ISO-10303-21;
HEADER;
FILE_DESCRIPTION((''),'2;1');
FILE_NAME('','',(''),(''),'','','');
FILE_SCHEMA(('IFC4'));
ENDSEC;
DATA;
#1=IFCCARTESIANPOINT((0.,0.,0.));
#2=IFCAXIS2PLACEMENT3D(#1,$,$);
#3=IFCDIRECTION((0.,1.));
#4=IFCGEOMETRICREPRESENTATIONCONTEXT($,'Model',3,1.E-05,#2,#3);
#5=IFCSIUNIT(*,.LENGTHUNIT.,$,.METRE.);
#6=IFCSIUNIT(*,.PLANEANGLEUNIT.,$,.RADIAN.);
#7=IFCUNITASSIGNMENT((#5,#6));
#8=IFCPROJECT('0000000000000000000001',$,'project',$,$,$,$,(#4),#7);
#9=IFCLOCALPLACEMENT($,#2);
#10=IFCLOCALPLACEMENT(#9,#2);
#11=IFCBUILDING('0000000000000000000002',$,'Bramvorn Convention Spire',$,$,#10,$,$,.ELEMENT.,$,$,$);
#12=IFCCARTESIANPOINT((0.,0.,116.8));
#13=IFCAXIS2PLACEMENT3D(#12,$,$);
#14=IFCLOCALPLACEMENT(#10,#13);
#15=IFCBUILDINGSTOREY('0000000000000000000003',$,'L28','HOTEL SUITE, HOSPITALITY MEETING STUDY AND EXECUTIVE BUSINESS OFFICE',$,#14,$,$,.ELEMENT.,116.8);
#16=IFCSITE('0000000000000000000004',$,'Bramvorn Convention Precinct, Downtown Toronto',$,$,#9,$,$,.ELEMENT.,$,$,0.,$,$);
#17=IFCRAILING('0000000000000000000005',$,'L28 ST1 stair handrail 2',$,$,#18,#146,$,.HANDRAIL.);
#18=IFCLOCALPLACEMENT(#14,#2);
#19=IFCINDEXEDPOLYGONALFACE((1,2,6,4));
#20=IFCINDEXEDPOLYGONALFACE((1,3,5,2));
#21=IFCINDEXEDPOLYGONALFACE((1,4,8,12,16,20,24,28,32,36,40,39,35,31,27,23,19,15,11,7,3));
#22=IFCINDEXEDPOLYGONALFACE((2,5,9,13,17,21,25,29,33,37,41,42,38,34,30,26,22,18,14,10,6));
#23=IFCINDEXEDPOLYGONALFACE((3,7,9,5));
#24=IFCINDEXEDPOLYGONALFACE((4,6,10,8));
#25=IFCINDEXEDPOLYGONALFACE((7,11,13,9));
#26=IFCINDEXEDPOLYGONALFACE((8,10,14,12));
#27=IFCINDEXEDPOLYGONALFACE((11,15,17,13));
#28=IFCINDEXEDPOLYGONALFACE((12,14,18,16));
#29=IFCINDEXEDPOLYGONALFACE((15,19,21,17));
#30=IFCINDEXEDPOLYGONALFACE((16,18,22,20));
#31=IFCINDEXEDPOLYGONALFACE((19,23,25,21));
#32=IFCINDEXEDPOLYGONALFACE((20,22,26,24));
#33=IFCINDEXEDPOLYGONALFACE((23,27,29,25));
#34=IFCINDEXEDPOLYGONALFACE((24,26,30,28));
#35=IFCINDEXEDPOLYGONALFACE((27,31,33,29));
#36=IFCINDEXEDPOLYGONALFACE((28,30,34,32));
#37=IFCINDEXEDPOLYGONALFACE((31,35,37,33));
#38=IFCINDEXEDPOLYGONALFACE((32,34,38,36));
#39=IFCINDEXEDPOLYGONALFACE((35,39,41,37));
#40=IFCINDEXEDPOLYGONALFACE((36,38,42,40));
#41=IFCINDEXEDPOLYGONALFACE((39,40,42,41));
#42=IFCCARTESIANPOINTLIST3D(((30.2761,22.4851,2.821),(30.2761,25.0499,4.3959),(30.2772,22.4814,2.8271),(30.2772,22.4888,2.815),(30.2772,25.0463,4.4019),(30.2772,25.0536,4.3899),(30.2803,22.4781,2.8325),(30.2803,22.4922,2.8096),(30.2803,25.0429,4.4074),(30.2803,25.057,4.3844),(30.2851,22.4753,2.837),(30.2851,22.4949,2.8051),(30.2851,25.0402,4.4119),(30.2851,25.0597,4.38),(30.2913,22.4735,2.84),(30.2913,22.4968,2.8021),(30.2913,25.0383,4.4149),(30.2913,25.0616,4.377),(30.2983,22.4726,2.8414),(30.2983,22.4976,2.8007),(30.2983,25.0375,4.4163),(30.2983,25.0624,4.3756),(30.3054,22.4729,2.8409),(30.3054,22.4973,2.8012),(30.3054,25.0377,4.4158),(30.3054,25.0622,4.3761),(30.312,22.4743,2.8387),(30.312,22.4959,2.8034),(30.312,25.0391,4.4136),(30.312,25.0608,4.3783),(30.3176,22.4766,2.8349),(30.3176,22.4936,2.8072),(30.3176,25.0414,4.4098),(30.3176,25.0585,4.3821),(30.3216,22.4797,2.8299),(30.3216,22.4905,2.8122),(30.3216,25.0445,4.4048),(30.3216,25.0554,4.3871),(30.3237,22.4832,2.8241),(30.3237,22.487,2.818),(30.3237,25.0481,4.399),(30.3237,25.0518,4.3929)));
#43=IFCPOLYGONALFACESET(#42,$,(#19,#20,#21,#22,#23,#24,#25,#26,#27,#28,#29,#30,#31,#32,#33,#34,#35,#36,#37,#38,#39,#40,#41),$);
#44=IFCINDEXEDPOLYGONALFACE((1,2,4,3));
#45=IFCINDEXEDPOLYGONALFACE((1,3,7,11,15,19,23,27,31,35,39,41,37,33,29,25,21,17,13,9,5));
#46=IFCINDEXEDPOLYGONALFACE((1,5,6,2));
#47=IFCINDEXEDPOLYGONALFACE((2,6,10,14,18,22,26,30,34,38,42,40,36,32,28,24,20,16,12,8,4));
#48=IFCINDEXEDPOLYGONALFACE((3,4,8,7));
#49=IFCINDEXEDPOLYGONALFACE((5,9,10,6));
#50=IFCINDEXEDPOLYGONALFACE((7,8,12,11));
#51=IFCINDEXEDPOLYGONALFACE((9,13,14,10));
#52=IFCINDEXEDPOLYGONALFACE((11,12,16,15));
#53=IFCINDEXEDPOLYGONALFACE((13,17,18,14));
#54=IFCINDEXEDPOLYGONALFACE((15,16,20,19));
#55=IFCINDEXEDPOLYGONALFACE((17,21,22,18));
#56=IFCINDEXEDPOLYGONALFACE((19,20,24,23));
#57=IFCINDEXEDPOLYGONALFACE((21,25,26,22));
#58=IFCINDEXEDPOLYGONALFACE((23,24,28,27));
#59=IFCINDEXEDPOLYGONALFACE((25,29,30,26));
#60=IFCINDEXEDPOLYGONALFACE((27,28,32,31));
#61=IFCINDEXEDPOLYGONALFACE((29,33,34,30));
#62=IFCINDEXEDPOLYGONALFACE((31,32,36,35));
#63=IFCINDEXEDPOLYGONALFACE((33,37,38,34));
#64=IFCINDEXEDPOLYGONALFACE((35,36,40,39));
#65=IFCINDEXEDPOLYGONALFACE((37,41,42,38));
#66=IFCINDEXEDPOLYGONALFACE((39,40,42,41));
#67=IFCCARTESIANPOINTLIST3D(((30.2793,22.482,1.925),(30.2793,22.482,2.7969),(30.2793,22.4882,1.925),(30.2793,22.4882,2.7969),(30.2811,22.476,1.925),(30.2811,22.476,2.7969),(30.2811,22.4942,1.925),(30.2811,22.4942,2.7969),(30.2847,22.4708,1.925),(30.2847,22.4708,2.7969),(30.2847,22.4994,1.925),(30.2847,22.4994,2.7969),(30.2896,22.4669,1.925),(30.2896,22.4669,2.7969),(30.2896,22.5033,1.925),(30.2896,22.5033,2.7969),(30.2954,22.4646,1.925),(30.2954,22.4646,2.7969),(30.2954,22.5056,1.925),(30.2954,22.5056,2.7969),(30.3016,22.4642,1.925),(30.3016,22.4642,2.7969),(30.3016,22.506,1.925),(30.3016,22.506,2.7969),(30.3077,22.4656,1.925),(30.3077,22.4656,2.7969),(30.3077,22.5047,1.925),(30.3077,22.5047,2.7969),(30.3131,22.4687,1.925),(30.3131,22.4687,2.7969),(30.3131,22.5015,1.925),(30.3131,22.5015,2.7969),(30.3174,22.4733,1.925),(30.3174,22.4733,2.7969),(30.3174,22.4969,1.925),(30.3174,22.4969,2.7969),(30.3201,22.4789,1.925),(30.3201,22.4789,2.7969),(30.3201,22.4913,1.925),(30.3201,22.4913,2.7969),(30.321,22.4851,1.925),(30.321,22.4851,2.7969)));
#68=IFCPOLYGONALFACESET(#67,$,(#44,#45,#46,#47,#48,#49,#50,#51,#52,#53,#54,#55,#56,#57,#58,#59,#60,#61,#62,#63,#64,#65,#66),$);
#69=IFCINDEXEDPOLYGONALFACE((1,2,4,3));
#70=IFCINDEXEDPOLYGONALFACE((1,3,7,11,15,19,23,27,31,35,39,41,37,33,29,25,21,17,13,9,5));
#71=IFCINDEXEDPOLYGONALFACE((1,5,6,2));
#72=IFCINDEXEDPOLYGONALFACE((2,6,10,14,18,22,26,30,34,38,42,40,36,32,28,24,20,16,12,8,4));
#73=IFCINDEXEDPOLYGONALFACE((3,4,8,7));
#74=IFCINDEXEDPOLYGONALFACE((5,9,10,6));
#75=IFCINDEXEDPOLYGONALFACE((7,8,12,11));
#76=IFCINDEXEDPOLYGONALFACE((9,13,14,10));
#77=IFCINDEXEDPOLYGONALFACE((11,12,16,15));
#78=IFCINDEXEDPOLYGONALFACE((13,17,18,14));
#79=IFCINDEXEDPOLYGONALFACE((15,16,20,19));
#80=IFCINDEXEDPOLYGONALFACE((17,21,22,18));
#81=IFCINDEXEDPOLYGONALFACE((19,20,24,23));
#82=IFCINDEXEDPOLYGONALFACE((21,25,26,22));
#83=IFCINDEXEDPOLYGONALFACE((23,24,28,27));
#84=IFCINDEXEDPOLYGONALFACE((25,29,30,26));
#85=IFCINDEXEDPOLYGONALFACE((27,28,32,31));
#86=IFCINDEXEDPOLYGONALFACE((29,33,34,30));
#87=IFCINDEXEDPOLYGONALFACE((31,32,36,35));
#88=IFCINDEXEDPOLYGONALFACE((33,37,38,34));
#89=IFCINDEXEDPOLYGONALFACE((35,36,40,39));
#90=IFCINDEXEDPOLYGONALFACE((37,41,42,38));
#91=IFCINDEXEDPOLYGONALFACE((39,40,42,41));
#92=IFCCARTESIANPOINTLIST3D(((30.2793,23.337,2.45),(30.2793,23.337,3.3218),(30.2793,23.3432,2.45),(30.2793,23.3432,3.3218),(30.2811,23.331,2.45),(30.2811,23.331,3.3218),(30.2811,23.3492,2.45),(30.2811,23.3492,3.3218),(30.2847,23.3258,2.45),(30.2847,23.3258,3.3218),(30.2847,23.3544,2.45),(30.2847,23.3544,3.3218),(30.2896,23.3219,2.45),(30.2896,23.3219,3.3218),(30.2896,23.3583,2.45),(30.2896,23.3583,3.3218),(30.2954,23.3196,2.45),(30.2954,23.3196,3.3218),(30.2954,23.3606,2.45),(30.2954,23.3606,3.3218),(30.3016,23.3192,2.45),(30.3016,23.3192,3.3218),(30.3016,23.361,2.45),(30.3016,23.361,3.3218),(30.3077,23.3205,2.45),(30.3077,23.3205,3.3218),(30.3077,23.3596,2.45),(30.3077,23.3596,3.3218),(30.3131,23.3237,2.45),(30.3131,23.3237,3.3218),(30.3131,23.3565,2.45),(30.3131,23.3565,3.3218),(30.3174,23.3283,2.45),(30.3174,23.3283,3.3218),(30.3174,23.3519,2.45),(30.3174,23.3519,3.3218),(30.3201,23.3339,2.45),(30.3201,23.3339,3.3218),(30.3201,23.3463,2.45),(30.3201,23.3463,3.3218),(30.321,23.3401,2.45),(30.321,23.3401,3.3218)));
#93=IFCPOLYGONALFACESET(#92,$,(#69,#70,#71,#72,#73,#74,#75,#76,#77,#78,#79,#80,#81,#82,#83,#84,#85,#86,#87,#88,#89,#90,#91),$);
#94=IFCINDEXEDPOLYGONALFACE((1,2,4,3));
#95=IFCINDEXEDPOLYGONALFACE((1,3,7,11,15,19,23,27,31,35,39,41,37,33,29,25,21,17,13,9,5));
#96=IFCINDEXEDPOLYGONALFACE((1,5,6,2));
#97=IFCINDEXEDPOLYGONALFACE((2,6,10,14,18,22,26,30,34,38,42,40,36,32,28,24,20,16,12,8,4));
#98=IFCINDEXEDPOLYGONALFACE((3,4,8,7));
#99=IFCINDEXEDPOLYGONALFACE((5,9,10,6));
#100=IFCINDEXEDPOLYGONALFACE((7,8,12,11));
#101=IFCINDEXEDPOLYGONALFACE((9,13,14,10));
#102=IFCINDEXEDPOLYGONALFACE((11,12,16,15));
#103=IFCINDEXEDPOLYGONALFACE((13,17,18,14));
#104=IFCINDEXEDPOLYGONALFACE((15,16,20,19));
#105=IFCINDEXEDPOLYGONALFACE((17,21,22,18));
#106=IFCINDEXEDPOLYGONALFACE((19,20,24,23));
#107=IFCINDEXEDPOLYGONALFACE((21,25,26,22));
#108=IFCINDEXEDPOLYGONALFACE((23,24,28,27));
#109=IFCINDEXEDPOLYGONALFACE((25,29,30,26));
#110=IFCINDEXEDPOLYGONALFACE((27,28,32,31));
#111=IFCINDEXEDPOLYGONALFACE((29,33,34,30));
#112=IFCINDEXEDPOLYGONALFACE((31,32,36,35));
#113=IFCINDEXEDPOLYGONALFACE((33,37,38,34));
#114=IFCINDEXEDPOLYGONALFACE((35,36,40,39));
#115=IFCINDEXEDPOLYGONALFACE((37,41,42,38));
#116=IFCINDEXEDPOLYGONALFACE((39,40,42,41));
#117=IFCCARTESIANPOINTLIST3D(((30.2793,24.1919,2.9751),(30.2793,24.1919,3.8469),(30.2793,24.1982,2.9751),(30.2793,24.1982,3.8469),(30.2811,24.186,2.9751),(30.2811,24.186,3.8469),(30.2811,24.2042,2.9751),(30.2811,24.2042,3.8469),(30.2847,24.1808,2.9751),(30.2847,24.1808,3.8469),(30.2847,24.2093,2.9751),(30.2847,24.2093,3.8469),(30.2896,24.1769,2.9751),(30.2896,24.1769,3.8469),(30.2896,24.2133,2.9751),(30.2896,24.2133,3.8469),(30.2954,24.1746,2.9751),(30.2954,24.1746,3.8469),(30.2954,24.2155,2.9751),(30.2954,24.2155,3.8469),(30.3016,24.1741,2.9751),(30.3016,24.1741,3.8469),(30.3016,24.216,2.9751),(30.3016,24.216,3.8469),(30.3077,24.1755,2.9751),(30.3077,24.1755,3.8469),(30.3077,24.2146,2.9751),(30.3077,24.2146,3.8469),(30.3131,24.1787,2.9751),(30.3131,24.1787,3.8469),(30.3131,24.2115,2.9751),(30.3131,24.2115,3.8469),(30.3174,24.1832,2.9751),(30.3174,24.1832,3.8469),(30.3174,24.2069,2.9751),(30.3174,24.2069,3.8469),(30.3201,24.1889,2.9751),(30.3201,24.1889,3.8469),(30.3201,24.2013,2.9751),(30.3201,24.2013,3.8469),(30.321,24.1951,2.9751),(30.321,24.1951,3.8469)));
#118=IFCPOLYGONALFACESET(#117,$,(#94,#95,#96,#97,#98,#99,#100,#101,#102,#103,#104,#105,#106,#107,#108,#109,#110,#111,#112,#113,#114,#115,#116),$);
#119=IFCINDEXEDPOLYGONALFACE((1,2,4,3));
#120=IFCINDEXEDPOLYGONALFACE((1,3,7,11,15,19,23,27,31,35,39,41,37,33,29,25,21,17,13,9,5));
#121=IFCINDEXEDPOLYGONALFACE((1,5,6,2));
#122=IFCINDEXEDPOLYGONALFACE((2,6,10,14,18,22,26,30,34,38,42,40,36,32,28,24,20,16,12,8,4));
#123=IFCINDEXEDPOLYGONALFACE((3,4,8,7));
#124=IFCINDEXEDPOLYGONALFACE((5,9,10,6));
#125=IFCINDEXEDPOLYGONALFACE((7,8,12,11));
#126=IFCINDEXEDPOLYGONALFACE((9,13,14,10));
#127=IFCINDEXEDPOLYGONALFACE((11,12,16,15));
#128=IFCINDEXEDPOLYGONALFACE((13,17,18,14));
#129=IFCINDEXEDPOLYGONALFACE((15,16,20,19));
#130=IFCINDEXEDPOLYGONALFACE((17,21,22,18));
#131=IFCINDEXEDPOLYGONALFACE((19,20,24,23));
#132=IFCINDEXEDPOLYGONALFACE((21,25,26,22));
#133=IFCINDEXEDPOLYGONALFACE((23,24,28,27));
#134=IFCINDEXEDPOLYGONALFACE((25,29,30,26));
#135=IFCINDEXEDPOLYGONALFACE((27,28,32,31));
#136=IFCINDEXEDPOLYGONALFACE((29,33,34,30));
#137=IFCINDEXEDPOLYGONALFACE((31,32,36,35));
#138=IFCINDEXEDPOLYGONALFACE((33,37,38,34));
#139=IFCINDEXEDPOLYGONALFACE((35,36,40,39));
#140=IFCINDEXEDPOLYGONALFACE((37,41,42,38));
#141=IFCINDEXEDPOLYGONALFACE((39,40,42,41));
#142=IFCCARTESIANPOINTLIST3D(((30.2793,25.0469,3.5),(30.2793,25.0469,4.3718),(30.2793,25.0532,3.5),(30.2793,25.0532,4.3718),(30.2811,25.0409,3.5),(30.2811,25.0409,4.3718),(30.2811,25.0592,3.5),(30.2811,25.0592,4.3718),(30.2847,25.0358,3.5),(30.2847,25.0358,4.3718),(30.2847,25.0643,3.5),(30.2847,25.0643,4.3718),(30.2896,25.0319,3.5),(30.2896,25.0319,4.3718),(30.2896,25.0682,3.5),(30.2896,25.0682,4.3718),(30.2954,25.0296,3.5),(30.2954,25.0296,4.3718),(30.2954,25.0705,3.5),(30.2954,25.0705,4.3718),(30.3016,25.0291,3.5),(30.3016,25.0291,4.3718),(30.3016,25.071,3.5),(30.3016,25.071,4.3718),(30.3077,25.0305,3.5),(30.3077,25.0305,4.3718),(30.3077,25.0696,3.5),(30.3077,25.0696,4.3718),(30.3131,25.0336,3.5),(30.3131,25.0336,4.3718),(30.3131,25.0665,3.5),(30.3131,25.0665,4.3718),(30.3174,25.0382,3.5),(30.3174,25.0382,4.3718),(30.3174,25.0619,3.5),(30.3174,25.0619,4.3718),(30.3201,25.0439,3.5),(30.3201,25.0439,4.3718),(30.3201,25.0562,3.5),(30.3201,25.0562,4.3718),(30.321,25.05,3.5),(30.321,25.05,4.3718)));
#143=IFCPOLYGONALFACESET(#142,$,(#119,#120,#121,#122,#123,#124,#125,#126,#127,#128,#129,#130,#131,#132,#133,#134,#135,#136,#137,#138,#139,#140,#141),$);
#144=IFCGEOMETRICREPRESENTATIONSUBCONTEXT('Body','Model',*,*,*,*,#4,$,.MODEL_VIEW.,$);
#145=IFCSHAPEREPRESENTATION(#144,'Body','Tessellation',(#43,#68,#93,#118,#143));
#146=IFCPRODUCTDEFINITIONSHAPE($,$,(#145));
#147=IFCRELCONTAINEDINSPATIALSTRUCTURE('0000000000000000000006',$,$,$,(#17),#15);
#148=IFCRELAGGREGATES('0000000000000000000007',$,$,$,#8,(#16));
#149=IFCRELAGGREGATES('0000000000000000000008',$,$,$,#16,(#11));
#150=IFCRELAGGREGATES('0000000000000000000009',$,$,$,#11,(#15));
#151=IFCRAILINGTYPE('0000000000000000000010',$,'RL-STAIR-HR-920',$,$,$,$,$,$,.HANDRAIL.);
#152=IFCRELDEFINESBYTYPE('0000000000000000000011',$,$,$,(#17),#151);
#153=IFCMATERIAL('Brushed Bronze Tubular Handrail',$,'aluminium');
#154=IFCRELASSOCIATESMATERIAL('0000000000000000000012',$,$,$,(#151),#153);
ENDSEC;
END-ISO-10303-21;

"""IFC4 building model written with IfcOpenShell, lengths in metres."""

from ifc_helpers import new_model, si_unit, direction, frame, origin, origin_2d, place, context, subcontext, project, spatial, circle, extrude, material, type_object, element, save


model = new_model("IFC4")

# Units and contexts
model_context = context("Model", 3, precision=1e-05, world=origin(), true_north=direction((0.0, 1.0)))
body_context = subcontext(model_context, "Body", "Model", "MODEL_VIEW")
ifc_project = project(units=[si_unit("LENGTHUNIT", "METRE"), si_unit("PLANEANGLEUNIT", "RADIAN")], contexts=[model_context])

# Site, building, storey
site_placement = place(None, origin())
site = spatial("IfcSite", under=ifc_project, at=site_placement, Name="Bramvorn Convention Precinct, Downtown Toronto", CompositionType="ELEMENT", RefElevation=0.0)
building_placement = place(site_placement, origin())
building = spatial("IfcBuilding", under=site, at=building_placement, Name="Bramvorn Convention Spire", CompositionType="ELEMENT")
storey_placement = place(building_placement, frame((0.0, 0.0, 116.8)))
storey = spatial("IfcBuildingStorey", under=building, at=storey_placement, Name="L28", Description="HOTEL SUITE, HOSPITALITY MEETING STUDY AND EXECUTIVE BUSINESS OFFICE", CompositionType="ELEMENT", Elevation=116.8)

# Railing
ifc_material_1 = material(Name="Brushed Bronze Tubular Handrail", Category="aluminium")
railing_type_1 = type_object("IfcRailingType", Name="RL-STAIR-HR-920", PredefinedType="HANDRAIL", material=ifc_material_1)
railing_1_placement = place(storey_placement, frame((30.3, 22.4851, 1.925)))
element("IfcRailing", 1, at=railing_1_placement, inside=storey, type_object=railing_type_1, Name="L28 ST1 stair handrail 2", PredefinedType="HANDRAIL", context=body_context, shape_type="SweptSolid", body=[
    extrude(circle(Radius=0.0239, at=origin_2d()), frame((0.0, 0.0, 0.896), z_axis=(0.0, 0.852173, 0.52326), x_axis=(-1.0, 0.0, 0.0)), (0.0, 0.0, 1.0), 3.0098),
    extrude(circle(Radius=0.021, at=origin_2d()), origin(), (0.0, 0.0, 1.0), 0.8718),
    extrude(circle(Radius=0.021, at=origin_2d()), frame((0.0, 0.855, 0.5249)), (0.0, 0.0, 1.0), 0.8718),
    extrude(circle(Radius=0.021, at=origin_2d()), frame((0.0, 1.71, 1.05)), (0.0, 0.0, 1.0), 0.8718),
    extrude(circle(Radius=0.021, at=origin_2d()), frame((0.0, 2.5649, 1.575)), (0.0, 0.0, 1.0), 0.8718),
])

save(model, "model.ifc")
